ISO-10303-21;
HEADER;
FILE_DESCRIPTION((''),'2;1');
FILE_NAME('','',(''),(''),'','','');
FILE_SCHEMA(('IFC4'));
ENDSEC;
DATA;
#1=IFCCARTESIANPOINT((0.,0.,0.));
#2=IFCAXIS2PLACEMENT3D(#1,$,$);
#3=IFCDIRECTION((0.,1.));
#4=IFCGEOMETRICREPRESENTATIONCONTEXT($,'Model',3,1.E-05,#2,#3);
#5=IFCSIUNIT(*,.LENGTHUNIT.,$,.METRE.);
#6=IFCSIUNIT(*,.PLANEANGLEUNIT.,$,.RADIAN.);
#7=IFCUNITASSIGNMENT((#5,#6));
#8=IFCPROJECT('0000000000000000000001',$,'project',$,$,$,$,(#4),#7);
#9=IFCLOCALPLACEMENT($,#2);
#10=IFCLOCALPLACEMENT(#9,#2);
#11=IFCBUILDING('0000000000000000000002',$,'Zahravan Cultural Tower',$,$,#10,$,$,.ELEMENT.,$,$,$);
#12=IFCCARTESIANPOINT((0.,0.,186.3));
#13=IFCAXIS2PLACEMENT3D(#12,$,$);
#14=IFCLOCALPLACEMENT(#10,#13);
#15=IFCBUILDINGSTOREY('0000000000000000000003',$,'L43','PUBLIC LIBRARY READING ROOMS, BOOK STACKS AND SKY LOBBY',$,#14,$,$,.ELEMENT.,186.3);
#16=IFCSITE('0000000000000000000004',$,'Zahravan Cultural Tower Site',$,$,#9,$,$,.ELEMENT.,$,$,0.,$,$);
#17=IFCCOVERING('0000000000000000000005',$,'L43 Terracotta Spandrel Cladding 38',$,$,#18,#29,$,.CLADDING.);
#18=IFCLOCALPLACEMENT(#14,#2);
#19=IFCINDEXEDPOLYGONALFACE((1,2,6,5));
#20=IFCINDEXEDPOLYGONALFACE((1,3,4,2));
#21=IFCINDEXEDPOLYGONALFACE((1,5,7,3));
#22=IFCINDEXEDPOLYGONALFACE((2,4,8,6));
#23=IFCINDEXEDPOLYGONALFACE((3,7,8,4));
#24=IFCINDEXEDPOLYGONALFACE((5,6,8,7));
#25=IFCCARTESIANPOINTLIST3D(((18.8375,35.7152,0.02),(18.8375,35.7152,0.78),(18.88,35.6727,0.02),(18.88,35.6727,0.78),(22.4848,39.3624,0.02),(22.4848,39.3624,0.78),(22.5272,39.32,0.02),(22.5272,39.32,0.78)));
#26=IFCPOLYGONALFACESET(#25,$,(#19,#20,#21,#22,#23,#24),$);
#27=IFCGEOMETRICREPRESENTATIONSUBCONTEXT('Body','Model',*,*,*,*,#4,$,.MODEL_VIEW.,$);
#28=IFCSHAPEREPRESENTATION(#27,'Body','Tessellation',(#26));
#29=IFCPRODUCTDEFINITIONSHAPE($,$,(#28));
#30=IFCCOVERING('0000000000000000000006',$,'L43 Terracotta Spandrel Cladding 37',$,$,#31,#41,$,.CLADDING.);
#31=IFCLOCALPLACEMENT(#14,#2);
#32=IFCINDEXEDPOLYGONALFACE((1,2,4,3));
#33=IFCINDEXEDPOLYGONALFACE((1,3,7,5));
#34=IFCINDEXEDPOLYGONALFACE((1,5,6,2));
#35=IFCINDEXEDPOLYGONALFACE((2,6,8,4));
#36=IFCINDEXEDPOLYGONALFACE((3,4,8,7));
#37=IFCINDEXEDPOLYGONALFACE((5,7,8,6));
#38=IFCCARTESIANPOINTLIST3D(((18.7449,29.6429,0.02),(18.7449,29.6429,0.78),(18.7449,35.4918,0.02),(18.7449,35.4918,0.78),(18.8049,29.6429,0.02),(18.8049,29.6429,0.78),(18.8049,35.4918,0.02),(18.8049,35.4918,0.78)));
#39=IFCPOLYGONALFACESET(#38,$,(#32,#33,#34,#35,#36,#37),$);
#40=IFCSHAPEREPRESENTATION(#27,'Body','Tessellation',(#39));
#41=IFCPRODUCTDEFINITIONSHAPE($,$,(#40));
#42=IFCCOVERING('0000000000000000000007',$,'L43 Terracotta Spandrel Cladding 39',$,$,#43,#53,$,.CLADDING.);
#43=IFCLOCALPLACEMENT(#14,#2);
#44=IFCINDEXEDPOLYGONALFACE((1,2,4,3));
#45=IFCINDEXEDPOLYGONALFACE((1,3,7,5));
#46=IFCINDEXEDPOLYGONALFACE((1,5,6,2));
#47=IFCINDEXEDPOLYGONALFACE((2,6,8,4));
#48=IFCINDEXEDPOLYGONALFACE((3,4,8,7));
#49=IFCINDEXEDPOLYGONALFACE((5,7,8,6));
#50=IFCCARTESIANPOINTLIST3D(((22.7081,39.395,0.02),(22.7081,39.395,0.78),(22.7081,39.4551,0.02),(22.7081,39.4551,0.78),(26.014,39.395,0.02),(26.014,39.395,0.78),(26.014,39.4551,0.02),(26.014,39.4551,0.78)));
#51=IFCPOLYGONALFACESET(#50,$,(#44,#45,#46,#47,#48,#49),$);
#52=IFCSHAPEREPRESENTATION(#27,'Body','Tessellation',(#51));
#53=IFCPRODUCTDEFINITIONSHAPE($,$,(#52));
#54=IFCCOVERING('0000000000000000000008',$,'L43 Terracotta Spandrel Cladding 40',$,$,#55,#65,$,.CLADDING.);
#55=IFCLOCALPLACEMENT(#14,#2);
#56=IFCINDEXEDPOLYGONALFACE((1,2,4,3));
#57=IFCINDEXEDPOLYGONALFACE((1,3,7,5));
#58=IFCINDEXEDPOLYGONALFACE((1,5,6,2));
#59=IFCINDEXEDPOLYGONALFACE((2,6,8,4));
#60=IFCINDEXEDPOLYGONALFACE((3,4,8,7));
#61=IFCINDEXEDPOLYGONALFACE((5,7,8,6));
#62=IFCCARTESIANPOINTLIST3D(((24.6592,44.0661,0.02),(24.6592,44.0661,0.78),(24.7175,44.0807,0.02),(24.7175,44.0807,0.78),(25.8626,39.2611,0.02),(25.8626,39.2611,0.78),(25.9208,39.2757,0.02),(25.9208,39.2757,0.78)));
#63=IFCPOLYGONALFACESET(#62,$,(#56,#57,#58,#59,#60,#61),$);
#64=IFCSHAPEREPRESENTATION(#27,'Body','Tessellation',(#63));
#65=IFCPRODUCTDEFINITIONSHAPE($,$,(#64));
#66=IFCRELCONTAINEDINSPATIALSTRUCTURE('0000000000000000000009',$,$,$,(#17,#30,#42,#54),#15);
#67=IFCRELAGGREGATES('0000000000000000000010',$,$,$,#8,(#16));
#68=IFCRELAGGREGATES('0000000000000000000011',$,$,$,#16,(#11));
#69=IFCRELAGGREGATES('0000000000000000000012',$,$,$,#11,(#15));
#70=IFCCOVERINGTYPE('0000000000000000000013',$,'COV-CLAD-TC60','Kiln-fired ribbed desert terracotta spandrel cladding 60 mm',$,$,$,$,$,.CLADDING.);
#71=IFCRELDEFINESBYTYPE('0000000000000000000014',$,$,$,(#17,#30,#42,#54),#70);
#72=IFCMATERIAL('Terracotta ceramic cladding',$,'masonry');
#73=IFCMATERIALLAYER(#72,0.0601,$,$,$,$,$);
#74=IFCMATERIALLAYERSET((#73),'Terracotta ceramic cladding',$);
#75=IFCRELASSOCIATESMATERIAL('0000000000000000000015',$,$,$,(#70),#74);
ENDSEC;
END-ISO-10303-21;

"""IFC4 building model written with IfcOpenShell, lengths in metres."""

from ifc_helpers import new_model, si_unit, direction, frame, origin, origin_2d, place, context, subcontext, project, spatial, rectangle, extrude, source, transform, mapped, material, layer, layer_set, type_object, element, save


model = new_model("IFC4")

# Units and contexts
model_context = context("Model", 3, precision=1e-05, world=origin(), true_north=direction((0.0, 1.0)))
body_context = subcontext(model_context, "Body", "Model", "MODEL_VIEW")
ifc_project = project(units=[si_unit("LENGTHUNIT", "METRE"), si_unit("PLANEANGLEUNIT", "RADIAN")], contexts=[model_context])

# Site, building, storey
site_placement = place(None, origin())
site = spatial("IfcSite", under=ifc_project, at=site_placement, Name="Zahravan Cultural Tower Site", CompositionType="ELEMENT", RefElevation=0.0)
building_placement = place(site_placement, origin())
building = spatial("IfcBuilding", under=site, at=building_placement, Name="Zahravan Cultural Tower", CompositionType="ELEMENT")
storey_placement = place(building_placement, frame((0.0, 0.0, 186.3)))
storey = spatial("IfcBuildingStorey", under=building, at=storey_placement, Name="L43", Description="PUBLIC LIBRARY READING ROOMS, BOOK STACKS AND SKY LOBBY", CompositionType="ELEMENT", Elevation=186.3)

# Coverings
ifc_material_1 = material(Name="Terracotta ceramic cladding", Category="masonry")
ifc_layer_1 = layer(ifc_material_1, 0.0601)
ifc_layer_set_1 = layer_set([ifc_layer_1], Name="Terracotta ceramic cladding")
covering_type = type_object("IfcCoveringType", Name="COV-CLAD-TC60", Description="Kiln-fired ribbed desert terracotta spandrel cladding 60 mm", PredefinedType="CLADDING", material=ifc_layer_set_1)
shared_shape_1 = source(origin(), body_context, "Body", "SweptSolid", [
    extrude(rectangle(XDim=5.158, YDim=0.0601, at=origin_2d()), origin(), (0.0, 0.0, 1.0), 0.76),
])
covering_1_placement = place(storey_placement, frame((20.6824, 37.5176, 0.02), z_axis=(0.0, 0.0, 1.0), x_axis=(0.707107, 0.707107, 0.0)))
element("IfcCovering", 1, at=covering_1_placement, inside=storey, type_object=covering_type, Name="L43 Terracotta Spandrel Cladding 38", PredefinedType="CLADDING", context=body_context, shape_type="MappedRepresentation", body=[
    mapped(shared_shape_1, transform((0.0, 0.0, 0.0), x_axis=(1.0, 0.0, 0.0), y_axis=(0.0, 1.0, 0.0), z_axis=(0.0, 0.0, 1.0), scale=1.0)),
])
shared_shape_2 = source(origin(), body_context, "Body", "SweptSolid", [
    extrude(rectangle(XDim=5.8489, YDim=0.0601, at=origin_2d()), origin(), (0.0, 0.0, 1.0), 0.76),
])
covering_2_placement = place(storey_placement, frame((18.7749, 32.5674, 0.02), z_axis=(0.0, 0.0, 1.0), x_axis=(0.0, 1.0, 0.0)))
element("IfcCovering", 2, at=covering_2_placement, inside=storey, type_object=covering_type, Name="L43 Terracotta Spandrel Cladding 37", PredefinedType="CLADDING", context=body_context, shape_type="MappedRepresentation", body=[
    mapped(shared_shape_2, transform((0.0, 0.0, 0.0), x_axis=(1.0, 0.0, 0.0), y_axis=(0.0, 1.0, 0.0), z_axis=(0.0, 0.0, 1.0), scale=1.0)),
])
shared_shape_3 = source(origin(), body_context, "Body", "SweptSolid", [
    extrude(rectangle(XDim=3.3059, YDim=0.0601, at=origin_2d()), origin(), (0.0, 0.0, 1.0), 0.76),
])
covering_3_placement = place(storey_placement, frame((24.3611, 39.425, 0.02), z_axis=(0.0, 0.0, 1.0), x_axis=(1.0, 0.0, 0.0)))
element("IfcCovering", 3, at=covering_3_placement, inside=storey, type_object=covering_type, Name="L43 Terracotta Spandrel Cladding 39", PredefinedType="CLADDING", context=body_context, shape_type="MappedRepresentation", body=[
    mapped(shared_shape_3, transform((0.0, 0.0, 0.0), x_axis=(1.0, 0.0, 0.0), y_axis=(0.0, 1.0, 0.0), z_axis=(0.0, 0.0, 1.0), scale=1.0)),
])
shared_shape_4 = source(origin(), body_context, "Body", "SweptSolid", [
    extrude(rectangle(XDim=4.9534, YDim=0.0601, at=origin_2d()), origin(), (0.0, 0.0, 1.0), 0.76),
])
covering_4_placement = place(storey_placement, frame((25.29, 41.6709, 0.02), z_axis=(0.0, 0.0, 1.0), x_axis=(-0.242938, 0.970042, 0.0)))
element("IfcCovering", 4, at=covering_4_placement, inside=storey, type_object=covering_type, Name="L43 Terracotta Spandrel Cladding 40", PredefinedType="CLADDING", context=body_context, shape_type="MappedRepresentation", body=[
    mapped(shared_shape_4, transform((0.0, 0.0, 0.0), x_axis=(1.0, 0.0, 0.0), y_axis=(0.0, 1.0, 0.0), z_axis=(0.0, 0.0, 1.0), scale=1.0)),
])

save(model, "model.ifc")
